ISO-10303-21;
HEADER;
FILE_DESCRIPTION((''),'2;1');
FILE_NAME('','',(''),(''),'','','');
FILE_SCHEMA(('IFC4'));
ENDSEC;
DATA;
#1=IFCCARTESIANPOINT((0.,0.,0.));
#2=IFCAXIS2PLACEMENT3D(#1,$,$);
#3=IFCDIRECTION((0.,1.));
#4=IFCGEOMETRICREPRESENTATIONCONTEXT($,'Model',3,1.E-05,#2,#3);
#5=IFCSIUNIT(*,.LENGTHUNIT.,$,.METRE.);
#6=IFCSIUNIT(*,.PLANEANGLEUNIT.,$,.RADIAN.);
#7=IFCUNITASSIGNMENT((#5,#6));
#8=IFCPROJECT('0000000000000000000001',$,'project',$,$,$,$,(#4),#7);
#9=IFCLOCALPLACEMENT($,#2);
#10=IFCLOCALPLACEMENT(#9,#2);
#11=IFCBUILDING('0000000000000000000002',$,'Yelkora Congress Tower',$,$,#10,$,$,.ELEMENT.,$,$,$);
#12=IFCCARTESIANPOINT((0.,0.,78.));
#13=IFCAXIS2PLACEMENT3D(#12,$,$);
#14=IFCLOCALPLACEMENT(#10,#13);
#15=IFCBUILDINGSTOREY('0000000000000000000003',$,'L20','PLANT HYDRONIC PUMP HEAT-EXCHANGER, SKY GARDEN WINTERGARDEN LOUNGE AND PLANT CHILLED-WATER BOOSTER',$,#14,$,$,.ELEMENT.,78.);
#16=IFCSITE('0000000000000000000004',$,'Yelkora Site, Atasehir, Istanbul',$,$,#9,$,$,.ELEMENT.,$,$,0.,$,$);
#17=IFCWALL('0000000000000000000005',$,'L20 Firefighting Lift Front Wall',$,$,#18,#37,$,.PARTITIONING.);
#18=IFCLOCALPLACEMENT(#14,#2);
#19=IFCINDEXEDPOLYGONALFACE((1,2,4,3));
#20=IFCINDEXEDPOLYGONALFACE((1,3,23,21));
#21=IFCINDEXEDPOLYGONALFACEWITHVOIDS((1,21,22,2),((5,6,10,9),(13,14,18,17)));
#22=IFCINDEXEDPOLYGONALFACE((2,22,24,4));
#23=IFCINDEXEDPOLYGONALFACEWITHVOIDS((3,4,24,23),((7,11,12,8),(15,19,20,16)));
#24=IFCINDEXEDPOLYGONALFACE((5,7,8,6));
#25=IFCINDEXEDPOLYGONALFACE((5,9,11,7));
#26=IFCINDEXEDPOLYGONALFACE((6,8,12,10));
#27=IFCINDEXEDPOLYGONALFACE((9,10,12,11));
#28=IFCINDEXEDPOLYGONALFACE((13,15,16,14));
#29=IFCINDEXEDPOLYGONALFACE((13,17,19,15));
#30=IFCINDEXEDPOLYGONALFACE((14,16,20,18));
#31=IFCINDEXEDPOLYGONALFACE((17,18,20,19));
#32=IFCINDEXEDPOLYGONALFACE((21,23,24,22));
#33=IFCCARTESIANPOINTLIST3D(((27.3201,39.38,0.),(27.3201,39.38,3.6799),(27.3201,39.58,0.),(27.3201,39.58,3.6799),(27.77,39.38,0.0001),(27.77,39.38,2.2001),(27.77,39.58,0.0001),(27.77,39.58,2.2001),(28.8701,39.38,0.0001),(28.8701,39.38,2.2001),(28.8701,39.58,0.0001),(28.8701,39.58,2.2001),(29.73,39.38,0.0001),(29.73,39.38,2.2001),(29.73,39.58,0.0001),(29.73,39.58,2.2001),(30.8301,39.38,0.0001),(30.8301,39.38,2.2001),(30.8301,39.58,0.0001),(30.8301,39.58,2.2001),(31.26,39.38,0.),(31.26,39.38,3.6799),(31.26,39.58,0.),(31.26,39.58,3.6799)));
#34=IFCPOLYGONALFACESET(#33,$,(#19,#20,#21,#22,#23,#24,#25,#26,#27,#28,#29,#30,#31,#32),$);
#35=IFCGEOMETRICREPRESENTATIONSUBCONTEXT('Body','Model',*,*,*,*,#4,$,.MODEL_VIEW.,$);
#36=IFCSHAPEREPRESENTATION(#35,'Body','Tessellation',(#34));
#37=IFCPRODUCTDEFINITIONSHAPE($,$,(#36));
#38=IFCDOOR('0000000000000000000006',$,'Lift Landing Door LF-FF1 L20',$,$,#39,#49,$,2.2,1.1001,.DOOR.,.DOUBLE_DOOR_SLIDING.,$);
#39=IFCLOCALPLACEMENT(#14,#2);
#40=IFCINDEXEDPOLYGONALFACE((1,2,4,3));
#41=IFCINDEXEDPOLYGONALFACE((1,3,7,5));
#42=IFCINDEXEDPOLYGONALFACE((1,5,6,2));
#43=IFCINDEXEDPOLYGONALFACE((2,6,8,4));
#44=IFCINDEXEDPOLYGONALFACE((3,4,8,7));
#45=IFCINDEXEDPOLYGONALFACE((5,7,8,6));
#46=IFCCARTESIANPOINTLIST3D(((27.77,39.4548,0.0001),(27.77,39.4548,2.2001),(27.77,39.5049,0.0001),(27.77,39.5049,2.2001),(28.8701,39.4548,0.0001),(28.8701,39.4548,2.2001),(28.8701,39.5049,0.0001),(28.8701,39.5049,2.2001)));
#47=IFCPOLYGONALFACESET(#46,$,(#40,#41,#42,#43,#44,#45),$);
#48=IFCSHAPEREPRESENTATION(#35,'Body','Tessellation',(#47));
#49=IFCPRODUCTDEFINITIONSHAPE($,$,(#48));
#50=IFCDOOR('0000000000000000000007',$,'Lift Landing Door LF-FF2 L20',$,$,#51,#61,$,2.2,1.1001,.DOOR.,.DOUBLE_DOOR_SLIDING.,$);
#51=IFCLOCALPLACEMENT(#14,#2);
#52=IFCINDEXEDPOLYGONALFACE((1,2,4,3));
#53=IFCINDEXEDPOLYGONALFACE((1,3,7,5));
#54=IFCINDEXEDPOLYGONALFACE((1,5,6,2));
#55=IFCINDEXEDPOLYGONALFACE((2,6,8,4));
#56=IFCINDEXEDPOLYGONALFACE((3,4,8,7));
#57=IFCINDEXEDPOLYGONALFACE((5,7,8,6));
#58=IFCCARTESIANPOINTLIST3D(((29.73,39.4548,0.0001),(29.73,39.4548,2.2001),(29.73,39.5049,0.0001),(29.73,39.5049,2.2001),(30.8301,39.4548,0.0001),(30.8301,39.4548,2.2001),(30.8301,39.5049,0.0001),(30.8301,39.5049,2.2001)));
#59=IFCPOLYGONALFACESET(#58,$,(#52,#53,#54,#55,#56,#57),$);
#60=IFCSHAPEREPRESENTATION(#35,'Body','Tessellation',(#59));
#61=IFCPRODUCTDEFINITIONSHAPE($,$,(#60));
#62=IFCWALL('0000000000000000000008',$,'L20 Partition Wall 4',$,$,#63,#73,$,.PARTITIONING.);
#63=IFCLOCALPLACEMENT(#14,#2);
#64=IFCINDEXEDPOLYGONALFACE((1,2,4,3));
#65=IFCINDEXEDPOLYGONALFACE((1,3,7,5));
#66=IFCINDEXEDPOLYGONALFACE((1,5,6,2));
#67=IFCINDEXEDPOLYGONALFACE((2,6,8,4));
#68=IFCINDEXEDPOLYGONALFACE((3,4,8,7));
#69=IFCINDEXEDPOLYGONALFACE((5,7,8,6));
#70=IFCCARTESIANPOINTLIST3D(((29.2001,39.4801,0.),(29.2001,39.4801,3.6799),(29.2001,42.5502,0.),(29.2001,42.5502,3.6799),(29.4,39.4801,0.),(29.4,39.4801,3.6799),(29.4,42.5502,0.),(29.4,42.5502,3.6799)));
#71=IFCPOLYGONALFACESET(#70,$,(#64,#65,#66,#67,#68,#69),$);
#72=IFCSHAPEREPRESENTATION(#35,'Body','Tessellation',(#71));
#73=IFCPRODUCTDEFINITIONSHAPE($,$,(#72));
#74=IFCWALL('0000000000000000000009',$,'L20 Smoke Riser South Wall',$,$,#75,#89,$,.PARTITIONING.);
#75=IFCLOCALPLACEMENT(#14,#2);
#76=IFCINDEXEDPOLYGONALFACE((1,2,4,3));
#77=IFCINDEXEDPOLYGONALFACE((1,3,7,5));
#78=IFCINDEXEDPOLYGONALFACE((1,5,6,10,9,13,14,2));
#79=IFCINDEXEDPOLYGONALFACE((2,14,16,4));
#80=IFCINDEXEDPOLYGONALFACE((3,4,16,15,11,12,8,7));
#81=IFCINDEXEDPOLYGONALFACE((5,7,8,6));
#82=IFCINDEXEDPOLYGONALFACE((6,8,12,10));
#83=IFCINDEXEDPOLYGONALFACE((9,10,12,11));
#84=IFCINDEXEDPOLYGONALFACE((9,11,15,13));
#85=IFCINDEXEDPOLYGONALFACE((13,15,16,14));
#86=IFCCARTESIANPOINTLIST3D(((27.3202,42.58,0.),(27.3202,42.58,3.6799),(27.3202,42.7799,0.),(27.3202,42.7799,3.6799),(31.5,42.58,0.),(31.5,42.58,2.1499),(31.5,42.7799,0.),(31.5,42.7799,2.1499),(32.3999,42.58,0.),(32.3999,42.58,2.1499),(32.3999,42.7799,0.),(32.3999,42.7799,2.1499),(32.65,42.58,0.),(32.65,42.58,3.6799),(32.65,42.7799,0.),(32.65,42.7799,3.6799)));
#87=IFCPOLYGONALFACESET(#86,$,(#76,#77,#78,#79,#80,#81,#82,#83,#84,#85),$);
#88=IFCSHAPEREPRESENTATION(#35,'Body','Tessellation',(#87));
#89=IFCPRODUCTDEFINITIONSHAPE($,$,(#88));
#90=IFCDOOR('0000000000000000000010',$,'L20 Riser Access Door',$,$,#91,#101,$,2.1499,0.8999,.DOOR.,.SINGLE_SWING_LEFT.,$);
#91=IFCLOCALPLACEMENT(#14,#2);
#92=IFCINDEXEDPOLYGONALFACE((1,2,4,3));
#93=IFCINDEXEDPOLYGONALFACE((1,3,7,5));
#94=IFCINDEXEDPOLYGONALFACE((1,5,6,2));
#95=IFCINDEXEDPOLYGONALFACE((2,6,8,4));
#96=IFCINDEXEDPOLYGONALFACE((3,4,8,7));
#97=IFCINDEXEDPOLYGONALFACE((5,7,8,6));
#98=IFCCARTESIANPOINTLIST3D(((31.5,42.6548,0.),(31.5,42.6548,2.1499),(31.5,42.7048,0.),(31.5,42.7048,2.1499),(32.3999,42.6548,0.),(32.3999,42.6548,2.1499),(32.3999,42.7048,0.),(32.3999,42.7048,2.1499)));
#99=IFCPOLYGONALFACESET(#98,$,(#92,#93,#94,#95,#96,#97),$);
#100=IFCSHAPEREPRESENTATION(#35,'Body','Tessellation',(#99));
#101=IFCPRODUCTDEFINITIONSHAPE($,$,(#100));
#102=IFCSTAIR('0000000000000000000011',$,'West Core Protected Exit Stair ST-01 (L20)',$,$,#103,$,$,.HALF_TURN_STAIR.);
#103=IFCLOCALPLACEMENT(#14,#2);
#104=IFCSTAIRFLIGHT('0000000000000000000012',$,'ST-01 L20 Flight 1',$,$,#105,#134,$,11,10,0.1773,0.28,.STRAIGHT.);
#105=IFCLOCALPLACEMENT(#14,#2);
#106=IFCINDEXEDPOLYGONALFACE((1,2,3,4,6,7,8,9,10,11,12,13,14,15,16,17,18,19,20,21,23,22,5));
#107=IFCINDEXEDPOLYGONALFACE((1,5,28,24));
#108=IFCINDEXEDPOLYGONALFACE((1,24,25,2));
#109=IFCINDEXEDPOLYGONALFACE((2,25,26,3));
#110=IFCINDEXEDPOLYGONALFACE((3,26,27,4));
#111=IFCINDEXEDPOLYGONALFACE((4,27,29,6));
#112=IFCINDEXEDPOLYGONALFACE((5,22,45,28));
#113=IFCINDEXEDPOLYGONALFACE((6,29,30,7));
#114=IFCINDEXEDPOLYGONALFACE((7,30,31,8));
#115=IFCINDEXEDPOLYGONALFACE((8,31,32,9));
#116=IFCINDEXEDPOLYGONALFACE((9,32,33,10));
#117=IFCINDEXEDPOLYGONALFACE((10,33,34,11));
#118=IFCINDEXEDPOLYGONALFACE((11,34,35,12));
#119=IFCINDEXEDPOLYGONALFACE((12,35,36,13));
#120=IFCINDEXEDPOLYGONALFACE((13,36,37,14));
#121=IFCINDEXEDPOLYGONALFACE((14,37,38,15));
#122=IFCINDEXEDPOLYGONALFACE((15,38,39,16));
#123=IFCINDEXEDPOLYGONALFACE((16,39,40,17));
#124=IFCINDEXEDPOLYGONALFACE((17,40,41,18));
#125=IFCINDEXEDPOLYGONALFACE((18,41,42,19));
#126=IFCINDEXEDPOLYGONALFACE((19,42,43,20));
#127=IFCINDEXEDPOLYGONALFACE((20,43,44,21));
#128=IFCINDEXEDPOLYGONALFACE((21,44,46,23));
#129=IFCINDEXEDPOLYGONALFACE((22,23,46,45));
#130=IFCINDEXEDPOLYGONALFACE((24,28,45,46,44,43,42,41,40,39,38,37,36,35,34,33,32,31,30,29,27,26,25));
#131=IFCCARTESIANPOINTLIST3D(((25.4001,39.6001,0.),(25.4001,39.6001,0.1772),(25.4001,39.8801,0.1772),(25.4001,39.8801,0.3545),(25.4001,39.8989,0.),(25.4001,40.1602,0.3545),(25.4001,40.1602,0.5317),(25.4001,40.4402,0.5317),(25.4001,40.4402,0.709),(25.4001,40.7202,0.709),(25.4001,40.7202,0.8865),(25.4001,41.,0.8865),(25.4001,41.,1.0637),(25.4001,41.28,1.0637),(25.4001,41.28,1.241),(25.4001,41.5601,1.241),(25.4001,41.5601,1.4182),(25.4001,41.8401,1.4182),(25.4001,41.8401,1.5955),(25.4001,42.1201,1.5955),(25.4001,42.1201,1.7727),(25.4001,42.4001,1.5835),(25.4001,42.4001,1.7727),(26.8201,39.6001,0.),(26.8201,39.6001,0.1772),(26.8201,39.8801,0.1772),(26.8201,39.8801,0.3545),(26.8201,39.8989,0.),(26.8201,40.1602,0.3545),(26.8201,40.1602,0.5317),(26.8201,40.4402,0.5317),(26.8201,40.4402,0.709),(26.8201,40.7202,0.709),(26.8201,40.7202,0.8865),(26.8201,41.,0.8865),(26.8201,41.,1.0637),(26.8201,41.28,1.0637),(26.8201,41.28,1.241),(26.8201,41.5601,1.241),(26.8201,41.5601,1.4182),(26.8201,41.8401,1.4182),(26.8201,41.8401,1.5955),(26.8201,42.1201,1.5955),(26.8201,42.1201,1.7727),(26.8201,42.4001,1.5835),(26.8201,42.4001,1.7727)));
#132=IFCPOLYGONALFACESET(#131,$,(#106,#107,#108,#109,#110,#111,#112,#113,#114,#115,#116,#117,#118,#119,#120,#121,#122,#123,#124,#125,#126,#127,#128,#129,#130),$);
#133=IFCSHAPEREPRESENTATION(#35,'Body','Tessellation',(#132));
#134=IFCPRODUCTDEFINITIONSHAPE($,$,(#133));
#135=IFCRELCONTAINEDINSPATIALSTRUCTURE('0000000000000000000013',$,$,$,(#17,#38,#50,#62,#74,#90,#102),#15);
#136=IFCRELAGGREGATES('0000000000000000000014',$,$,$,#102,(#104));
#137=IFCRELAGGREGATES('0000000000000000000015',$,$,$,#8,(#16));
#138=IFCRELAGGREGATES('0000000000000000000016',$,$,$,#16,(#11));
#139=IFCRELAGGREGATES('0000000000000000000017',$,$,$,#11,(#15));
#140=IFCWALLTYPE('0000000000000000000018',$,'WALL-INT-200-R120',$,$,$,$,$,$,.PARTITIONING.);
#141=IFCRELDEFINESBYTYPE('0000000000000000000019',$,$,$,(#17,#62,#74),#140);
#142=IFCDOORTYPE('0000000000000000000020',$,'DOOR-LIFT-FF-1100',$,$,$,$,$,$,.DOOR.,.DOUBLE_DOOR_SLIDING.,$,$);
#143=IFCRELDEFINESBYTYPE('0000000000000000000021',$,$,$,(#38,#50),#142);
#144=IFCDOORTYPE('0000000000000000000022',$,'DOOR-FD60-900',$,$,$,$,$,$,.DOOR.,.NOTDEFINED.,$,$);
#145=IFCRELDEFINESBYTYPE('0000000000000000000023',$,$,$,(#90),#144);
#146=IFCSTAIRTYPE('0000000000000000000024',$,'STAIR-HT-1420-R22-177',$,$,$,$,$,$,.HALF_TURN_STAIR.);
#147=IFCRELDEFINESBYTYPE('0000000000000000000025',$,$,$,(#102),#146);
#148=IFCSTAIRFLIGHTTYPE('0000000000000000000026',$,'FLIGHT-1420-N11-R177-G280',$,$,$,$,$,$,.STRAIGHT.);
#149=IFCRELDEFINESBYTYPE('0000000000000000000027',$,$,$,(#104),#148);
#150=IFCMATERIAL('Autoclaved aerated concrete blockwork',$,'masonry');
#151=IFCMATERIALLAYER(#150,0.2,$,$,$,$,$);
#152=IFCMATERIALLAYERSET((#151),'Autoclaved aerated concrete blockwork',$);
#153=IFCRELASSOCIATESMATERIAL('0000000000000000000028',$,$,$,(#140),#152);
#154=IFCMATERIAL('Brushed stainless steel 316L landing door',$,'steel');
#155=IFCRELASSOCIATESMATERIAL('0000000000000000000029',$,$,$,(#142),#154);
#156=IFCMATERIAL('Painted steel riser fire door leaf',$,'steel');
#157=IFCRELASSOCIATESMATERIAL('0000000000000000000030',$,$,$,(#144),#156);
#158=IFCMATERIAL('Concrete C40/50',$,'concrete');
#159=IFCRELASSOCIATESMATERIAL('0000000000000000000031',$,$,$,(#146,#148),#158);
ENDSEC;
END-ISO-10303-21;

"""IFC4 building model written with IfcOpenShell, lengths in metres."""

from ifc_helpers import new_model, si_unit, direction, frame, frame_2d, origin, place, context, subcontext, project, spatial, polyline, rectangle, outline, extrude, material, layer, layer_set, type_object, element, fill, aggregate, save


model = new_model("IFC4")

# Units and contexts
model_context = context("Model", 3, precision=1e-05, world=origin(), true_north=direction((0.0, 1.0)))
body_context = subcontext(model_context, "Body", "Model", "MODEL_VIEW")
ifc_project = project(units=[si_unit("LENGTHUNIT", "METRE"), si_unit("PLANEANGLEUNIT", "RADIAN")], contexts=[model_context])

# Site, building, storey
site_placement = place(None, origin())
site = spatial("IfcSite", under=ifc_project, at=site_placement, Name="Yelkora Site, Atasehir, Istanbul", CompositionType="ELEMENT", RefElevation=0.0)
building_placement = place(site_placement, origin())
building = spatial("IfcBuilding", under=site, at=building_placement, Name="Yelkora Congress Tower", CompositionType="ELEMENT")
storey_placement = place(building_placement, frame((0.0, 0.0, 78.0)))
storey = spatial("IfcBuildingStorey", under=building, at=storey_placement, Name="L20", Description="PLANT HYDRONIC PUMP HEAT-EXCHANGER, SKY GARDEN WINTERGARDEN LOUNGE AND PLANT CHILLED-WATER BOOSTER", CompositionType="ELEMENT", Elevation=78.0)

# Wall, openings, doors
ifc_material_1 = material(Name="Autoclaved aerated concrete blockwork", Category="masonry")
ifc_layer_1 = layer(ifc_material_1, 0.2)
ifc_layer_set_1 = layer_set([ifc_layer_1], Name="Autoclaved aerated concrete blockwork")
wall_type_1 = type_object("IfcWallType", Name="WALL-INT-200-R120", PredefinedType="PARTITIONING", material=ifc_layer_set_1)
wall_1_placement = place(storey_placement, frame((27.3201, 39.48, 0.0), z_axis=(0.0, 0.0, 1.0), x_axis=(1.0, 0.0, 0.0)))
wall_1 = element("IfcWall", 1, at=wall_1_placement, inside=storey, type_object=wall_type_1, Name="L20 Firefighting Lift Front Wall", PredefinedType="PARTITIONING", context=body_context, shape_type="SweptSolid", body=[
    extrude(rectangle(XDim=3.9399, YDim=0.2, at=frame_2d((1.97, 0.0))), origin(), (0.0, 0.0, 1.0), 3.6799),
])
opening_1_placement = place(wall_1_placement, frame((0.45, 0.0, 0.0)))
opening_1 = element("IfcOpeningElement", 2, at=opening_1_placement, cuts=wall_1, PredefinedType="OPENING", context=body_context, shape_type="SweptSolid", body=[
    extrude(rectangle(XDim=1.1001, YDim=2.2, at=frame_2d((0.55, 1.1001))), frame((0.0, 0.1099, 0.0), z_axis=(0.0, -1.0, 0.0), x_axis=(1.0, 0.0, 0.0)), (0.0, 0.0, 1.0), 0.22),
])
opening_2_placement = place(wall_1_placement, frame((2.4099, 0.0, 0.0)))
opening_2 = element("IfcOpeningElement", 3, at=opening_2_placement, cuts=wall_1, PredefinedType="OPENING", context=body_context, shape_type="SweptSolid", body=[
    extrude(rectangle(XDim=1.1001, YDim=2.2, at=frame_2d((0.55, 1.1001))), frame((0.0, 0.1099, 0.0), z_axis=(0.0, -1.0, 0.0), x_axis=(1.0, 0.0, 0.0)), (0.0, 0.0, 1.0), 0.22),
])
ifc_material_2 = material(Name="Brushed stainless steel 316L landing door", Category="steel")
door_type_1 = type_object("IfcDoorType", Name="DOOR-LIFT-FF-1100", OperationType="DOUBLE_DOOR_SLIDING", PredefinedType="DOOR", material=ifc_material_2)
door_1_placement = place(opening_1_placement, origin())
door_1 = element("IfcDoor", 4, at=door_1_placement, inside=storey, type_object=door_type_1, Name="Lift Landing Door LF-FF1 L20", OperationType="DOUBLE_DOOR_SLIDING", OverallHeight=2.2, OverallWidth=1.1001, PredefinedType="DOOR", context=body_context, shape_type="SweptSolid", body=[
    extrude(rectangle(XDim=1.1001, YDim=2.2, at=frame_2d((0.55, 1.1001))), frame((0.0, 0.0249, 0.0), z_axis=(0.0, -1.0, 0.0), x_axis=(1.0, 0.0, 0.0)), (0.0, 0.0, 1.0), 0.05),
])
fill(opening_1, door_1)
door_2_placement = place(opening_2_placement, origin())
door_2 = element("IfcDoor", 5, at=door_2_placement, inside=storey, type_object=door_type_1, Name="Lift Landing Door LF-FF2 L20", OperationType="DOUBLE_DOOR_SLIDING", OverallHeight=2.2, OverallWidth=1.1001, PredefinedType="DOOR", context=body_context, shape_type="SweptSolid", body=[
    extrude(rectangle(XDim=1.1001, YDim=2.2, at=frame_2d((0.55, 1.1001))), frame((0.0, 0.0249, 0.0), z_axis=(0.0, -1.0, 0.0), x_axis=(1.0, 0.0, 0.0)), (0.0, 0.0, 1.0), 0.05),
])
fill(opening_2, door_2)

# Wall
wall_2_placement = place(storey_placement, frame((29.3, 39.48, 0.0), z_axis=(0.0, 0.0, 1.0), x_axis=(0.0, 1.0, 0.0)))
element("IfcWall", 6, at=wall_2_placement, inside=storey, type_object=wall_type_1, Name="L20 Partition Wall 4", PredefinedType="PARTITIONING", context=body_context, shape_type="SweptSolid", body=[
    extrude(rectangle(XDim=3.0701, YDim=0.2, at=frame_2d((1.5352, 0.0))), origin(), (0.0, 0.0, 1.0), 3.6799),
])

# Wall, opening, door
wall_3_placement = place(storey_placement, frame((27.3201, 42.6799, 0.0), z_axis=(0.0, 0.0, 1.0), x_axis=(1.0, 0.0, 0.0)))
wall_3 = element("IfcWall", 7, at=wall_3_placement, inside=storey, type_object=wall_type_1, Name="L20 Smoke Riser South Wall", PredefinedType="PARTITIONING", context=body_context, shape_type="SweptSolid", body=[
    extrude(rectangle(XDim=5.3298, YDim=0.2, at=frame_2d((2.665, 0.0))), origin(), (0.0, 0.0, 1.0), 3.6799),
])
opening_3_placement = place(wall_3_placement, frame((4.1799, 0.0, 0.0)))
opening_3 = element("IfcOpeningElement", 8, at=opening_3_placement, cuts=wall_3, PredefinedType="OPENING", context=body_context, shape_type="SweptSolid", body=[
    extrude(rectangle(XDim=0.8999, YDim=2.1499, at=frame_2d((0.45, 1.075))), frame((0.0, 0.1099, 0.0), z_axis=(0.0, -1.0, 0.0), x_axis=(1.0, 0.0, 0.0)), (0.0, 0.0, 1.0), 0.22),
])
ifc_material_3 = material(Name="Painted steel riser fire door leaf", Category="steel")
door_type_2 = type_object("IfcDoorType", Name="DOOR-FD60-900", OperationType="NOTDEFINED", PredefinedType="DOOR", material=ifc_material_3)
door_3_placement = place(opening_3_placement, origin())
door_3 = element("IfcDoor", 9, at=door_3_placement, inside=storey, type_object=door_type_2, Name="L20 Riser Access Door", OperationType="SINGLE_SWING_LEFT", OverallHeight=2.1499, OverallWidth=0.8999, PredefinedType="DOOR", context=body_context, shape_type="SweptSolid", body=[
    extrude(rectangle(XDim=0.8999, YDim=2.1499, at=frame_2d((0.45, 1.075))), frame((0.0, 0.0249, 0.0), z_axis=(0.0, -1.0, 0.0), x_axis=(1.0, 0.0, 0.0)), (0.0, 0.0, 1.0), 0.05),
])
fill(opening_3, door_3)

# Stair, stair flight
ifc_material_4 = material(Name="Concrete C40/50", Category="concrete")
stair_type = type_object("IfcStairType", Name="STAIR-HT-1420-R22-177", PredefinedType="HALF_TURN_STAIR", material=ifc_material_4)
stair_placement = place(storey_placement, origin())
stair = element("IfcStair", 10, at=stair_placement, inside=storey, type_object=stair_type, Name="West Core Protected Exit Stair ST-01 (L20)", PredefinedType="HALF_TURN_STAIR")
stair_flight_type = type_object("IfcStairFlightType", Name="FLIGHT-1420-N11-R177-G280", PredefinedType="STRAIGHT", material=ifc_material_4)
stair_flight_placement = place(storey_placement, frame((26.1101, 39.6001, 0.0), z_axis=(0.0, 0.0, 1.0), x_axis=(0.0, 1.0, 0.0)))
stair_flight = element("IfcStairFlight", 11, at=stair_flight_placement, type_object=stair_flight_type, Name="ST-01 L20 Flight 1", NumberOfRisers=11, NumberOfTreads=10, PredefinedType="STRAIGHT", RiserHeight=0.1773, TreadLength=0.28, context=body_context, shape_type="SweptSolid", body=[
    extrude(outline(polyline([(0.0, 0.0), (0.0, 0.1772), (0.28, 0.1772), (0.28, 0.3545), (0.5601, 0.3545), (0.5601, 0.5317), (0.8401, 0.5317), (0.8401, 0.709), (1.1201, 0.709), (1.1201, 0.8865), (1.3999, 0.8865), (1.3999, 1.0637), (1.6799, 1.0637), (1.6799, 1.241), (1.96, 1.241), (1.96, 1.4182), (2.24, 1.4182), (2.24, 1.5955), (2.52, 1.5955), (2.52, 1.7727), (2.8, 1.7727), (2.8, 1.95), (2.8, 1.5835), (0.2988, 0.0), (0.0, 0.0)])), frame((0.0, 0.71, 0.0), z_axis=(0.0, -1.0, 0.0), x_axis=(1.0, 0.0, 0.0)), (0.0, 0.0, 1.0), 1.4199),
])
aggregate(stair, [stair_flight])

save(model, "model.ifc")
